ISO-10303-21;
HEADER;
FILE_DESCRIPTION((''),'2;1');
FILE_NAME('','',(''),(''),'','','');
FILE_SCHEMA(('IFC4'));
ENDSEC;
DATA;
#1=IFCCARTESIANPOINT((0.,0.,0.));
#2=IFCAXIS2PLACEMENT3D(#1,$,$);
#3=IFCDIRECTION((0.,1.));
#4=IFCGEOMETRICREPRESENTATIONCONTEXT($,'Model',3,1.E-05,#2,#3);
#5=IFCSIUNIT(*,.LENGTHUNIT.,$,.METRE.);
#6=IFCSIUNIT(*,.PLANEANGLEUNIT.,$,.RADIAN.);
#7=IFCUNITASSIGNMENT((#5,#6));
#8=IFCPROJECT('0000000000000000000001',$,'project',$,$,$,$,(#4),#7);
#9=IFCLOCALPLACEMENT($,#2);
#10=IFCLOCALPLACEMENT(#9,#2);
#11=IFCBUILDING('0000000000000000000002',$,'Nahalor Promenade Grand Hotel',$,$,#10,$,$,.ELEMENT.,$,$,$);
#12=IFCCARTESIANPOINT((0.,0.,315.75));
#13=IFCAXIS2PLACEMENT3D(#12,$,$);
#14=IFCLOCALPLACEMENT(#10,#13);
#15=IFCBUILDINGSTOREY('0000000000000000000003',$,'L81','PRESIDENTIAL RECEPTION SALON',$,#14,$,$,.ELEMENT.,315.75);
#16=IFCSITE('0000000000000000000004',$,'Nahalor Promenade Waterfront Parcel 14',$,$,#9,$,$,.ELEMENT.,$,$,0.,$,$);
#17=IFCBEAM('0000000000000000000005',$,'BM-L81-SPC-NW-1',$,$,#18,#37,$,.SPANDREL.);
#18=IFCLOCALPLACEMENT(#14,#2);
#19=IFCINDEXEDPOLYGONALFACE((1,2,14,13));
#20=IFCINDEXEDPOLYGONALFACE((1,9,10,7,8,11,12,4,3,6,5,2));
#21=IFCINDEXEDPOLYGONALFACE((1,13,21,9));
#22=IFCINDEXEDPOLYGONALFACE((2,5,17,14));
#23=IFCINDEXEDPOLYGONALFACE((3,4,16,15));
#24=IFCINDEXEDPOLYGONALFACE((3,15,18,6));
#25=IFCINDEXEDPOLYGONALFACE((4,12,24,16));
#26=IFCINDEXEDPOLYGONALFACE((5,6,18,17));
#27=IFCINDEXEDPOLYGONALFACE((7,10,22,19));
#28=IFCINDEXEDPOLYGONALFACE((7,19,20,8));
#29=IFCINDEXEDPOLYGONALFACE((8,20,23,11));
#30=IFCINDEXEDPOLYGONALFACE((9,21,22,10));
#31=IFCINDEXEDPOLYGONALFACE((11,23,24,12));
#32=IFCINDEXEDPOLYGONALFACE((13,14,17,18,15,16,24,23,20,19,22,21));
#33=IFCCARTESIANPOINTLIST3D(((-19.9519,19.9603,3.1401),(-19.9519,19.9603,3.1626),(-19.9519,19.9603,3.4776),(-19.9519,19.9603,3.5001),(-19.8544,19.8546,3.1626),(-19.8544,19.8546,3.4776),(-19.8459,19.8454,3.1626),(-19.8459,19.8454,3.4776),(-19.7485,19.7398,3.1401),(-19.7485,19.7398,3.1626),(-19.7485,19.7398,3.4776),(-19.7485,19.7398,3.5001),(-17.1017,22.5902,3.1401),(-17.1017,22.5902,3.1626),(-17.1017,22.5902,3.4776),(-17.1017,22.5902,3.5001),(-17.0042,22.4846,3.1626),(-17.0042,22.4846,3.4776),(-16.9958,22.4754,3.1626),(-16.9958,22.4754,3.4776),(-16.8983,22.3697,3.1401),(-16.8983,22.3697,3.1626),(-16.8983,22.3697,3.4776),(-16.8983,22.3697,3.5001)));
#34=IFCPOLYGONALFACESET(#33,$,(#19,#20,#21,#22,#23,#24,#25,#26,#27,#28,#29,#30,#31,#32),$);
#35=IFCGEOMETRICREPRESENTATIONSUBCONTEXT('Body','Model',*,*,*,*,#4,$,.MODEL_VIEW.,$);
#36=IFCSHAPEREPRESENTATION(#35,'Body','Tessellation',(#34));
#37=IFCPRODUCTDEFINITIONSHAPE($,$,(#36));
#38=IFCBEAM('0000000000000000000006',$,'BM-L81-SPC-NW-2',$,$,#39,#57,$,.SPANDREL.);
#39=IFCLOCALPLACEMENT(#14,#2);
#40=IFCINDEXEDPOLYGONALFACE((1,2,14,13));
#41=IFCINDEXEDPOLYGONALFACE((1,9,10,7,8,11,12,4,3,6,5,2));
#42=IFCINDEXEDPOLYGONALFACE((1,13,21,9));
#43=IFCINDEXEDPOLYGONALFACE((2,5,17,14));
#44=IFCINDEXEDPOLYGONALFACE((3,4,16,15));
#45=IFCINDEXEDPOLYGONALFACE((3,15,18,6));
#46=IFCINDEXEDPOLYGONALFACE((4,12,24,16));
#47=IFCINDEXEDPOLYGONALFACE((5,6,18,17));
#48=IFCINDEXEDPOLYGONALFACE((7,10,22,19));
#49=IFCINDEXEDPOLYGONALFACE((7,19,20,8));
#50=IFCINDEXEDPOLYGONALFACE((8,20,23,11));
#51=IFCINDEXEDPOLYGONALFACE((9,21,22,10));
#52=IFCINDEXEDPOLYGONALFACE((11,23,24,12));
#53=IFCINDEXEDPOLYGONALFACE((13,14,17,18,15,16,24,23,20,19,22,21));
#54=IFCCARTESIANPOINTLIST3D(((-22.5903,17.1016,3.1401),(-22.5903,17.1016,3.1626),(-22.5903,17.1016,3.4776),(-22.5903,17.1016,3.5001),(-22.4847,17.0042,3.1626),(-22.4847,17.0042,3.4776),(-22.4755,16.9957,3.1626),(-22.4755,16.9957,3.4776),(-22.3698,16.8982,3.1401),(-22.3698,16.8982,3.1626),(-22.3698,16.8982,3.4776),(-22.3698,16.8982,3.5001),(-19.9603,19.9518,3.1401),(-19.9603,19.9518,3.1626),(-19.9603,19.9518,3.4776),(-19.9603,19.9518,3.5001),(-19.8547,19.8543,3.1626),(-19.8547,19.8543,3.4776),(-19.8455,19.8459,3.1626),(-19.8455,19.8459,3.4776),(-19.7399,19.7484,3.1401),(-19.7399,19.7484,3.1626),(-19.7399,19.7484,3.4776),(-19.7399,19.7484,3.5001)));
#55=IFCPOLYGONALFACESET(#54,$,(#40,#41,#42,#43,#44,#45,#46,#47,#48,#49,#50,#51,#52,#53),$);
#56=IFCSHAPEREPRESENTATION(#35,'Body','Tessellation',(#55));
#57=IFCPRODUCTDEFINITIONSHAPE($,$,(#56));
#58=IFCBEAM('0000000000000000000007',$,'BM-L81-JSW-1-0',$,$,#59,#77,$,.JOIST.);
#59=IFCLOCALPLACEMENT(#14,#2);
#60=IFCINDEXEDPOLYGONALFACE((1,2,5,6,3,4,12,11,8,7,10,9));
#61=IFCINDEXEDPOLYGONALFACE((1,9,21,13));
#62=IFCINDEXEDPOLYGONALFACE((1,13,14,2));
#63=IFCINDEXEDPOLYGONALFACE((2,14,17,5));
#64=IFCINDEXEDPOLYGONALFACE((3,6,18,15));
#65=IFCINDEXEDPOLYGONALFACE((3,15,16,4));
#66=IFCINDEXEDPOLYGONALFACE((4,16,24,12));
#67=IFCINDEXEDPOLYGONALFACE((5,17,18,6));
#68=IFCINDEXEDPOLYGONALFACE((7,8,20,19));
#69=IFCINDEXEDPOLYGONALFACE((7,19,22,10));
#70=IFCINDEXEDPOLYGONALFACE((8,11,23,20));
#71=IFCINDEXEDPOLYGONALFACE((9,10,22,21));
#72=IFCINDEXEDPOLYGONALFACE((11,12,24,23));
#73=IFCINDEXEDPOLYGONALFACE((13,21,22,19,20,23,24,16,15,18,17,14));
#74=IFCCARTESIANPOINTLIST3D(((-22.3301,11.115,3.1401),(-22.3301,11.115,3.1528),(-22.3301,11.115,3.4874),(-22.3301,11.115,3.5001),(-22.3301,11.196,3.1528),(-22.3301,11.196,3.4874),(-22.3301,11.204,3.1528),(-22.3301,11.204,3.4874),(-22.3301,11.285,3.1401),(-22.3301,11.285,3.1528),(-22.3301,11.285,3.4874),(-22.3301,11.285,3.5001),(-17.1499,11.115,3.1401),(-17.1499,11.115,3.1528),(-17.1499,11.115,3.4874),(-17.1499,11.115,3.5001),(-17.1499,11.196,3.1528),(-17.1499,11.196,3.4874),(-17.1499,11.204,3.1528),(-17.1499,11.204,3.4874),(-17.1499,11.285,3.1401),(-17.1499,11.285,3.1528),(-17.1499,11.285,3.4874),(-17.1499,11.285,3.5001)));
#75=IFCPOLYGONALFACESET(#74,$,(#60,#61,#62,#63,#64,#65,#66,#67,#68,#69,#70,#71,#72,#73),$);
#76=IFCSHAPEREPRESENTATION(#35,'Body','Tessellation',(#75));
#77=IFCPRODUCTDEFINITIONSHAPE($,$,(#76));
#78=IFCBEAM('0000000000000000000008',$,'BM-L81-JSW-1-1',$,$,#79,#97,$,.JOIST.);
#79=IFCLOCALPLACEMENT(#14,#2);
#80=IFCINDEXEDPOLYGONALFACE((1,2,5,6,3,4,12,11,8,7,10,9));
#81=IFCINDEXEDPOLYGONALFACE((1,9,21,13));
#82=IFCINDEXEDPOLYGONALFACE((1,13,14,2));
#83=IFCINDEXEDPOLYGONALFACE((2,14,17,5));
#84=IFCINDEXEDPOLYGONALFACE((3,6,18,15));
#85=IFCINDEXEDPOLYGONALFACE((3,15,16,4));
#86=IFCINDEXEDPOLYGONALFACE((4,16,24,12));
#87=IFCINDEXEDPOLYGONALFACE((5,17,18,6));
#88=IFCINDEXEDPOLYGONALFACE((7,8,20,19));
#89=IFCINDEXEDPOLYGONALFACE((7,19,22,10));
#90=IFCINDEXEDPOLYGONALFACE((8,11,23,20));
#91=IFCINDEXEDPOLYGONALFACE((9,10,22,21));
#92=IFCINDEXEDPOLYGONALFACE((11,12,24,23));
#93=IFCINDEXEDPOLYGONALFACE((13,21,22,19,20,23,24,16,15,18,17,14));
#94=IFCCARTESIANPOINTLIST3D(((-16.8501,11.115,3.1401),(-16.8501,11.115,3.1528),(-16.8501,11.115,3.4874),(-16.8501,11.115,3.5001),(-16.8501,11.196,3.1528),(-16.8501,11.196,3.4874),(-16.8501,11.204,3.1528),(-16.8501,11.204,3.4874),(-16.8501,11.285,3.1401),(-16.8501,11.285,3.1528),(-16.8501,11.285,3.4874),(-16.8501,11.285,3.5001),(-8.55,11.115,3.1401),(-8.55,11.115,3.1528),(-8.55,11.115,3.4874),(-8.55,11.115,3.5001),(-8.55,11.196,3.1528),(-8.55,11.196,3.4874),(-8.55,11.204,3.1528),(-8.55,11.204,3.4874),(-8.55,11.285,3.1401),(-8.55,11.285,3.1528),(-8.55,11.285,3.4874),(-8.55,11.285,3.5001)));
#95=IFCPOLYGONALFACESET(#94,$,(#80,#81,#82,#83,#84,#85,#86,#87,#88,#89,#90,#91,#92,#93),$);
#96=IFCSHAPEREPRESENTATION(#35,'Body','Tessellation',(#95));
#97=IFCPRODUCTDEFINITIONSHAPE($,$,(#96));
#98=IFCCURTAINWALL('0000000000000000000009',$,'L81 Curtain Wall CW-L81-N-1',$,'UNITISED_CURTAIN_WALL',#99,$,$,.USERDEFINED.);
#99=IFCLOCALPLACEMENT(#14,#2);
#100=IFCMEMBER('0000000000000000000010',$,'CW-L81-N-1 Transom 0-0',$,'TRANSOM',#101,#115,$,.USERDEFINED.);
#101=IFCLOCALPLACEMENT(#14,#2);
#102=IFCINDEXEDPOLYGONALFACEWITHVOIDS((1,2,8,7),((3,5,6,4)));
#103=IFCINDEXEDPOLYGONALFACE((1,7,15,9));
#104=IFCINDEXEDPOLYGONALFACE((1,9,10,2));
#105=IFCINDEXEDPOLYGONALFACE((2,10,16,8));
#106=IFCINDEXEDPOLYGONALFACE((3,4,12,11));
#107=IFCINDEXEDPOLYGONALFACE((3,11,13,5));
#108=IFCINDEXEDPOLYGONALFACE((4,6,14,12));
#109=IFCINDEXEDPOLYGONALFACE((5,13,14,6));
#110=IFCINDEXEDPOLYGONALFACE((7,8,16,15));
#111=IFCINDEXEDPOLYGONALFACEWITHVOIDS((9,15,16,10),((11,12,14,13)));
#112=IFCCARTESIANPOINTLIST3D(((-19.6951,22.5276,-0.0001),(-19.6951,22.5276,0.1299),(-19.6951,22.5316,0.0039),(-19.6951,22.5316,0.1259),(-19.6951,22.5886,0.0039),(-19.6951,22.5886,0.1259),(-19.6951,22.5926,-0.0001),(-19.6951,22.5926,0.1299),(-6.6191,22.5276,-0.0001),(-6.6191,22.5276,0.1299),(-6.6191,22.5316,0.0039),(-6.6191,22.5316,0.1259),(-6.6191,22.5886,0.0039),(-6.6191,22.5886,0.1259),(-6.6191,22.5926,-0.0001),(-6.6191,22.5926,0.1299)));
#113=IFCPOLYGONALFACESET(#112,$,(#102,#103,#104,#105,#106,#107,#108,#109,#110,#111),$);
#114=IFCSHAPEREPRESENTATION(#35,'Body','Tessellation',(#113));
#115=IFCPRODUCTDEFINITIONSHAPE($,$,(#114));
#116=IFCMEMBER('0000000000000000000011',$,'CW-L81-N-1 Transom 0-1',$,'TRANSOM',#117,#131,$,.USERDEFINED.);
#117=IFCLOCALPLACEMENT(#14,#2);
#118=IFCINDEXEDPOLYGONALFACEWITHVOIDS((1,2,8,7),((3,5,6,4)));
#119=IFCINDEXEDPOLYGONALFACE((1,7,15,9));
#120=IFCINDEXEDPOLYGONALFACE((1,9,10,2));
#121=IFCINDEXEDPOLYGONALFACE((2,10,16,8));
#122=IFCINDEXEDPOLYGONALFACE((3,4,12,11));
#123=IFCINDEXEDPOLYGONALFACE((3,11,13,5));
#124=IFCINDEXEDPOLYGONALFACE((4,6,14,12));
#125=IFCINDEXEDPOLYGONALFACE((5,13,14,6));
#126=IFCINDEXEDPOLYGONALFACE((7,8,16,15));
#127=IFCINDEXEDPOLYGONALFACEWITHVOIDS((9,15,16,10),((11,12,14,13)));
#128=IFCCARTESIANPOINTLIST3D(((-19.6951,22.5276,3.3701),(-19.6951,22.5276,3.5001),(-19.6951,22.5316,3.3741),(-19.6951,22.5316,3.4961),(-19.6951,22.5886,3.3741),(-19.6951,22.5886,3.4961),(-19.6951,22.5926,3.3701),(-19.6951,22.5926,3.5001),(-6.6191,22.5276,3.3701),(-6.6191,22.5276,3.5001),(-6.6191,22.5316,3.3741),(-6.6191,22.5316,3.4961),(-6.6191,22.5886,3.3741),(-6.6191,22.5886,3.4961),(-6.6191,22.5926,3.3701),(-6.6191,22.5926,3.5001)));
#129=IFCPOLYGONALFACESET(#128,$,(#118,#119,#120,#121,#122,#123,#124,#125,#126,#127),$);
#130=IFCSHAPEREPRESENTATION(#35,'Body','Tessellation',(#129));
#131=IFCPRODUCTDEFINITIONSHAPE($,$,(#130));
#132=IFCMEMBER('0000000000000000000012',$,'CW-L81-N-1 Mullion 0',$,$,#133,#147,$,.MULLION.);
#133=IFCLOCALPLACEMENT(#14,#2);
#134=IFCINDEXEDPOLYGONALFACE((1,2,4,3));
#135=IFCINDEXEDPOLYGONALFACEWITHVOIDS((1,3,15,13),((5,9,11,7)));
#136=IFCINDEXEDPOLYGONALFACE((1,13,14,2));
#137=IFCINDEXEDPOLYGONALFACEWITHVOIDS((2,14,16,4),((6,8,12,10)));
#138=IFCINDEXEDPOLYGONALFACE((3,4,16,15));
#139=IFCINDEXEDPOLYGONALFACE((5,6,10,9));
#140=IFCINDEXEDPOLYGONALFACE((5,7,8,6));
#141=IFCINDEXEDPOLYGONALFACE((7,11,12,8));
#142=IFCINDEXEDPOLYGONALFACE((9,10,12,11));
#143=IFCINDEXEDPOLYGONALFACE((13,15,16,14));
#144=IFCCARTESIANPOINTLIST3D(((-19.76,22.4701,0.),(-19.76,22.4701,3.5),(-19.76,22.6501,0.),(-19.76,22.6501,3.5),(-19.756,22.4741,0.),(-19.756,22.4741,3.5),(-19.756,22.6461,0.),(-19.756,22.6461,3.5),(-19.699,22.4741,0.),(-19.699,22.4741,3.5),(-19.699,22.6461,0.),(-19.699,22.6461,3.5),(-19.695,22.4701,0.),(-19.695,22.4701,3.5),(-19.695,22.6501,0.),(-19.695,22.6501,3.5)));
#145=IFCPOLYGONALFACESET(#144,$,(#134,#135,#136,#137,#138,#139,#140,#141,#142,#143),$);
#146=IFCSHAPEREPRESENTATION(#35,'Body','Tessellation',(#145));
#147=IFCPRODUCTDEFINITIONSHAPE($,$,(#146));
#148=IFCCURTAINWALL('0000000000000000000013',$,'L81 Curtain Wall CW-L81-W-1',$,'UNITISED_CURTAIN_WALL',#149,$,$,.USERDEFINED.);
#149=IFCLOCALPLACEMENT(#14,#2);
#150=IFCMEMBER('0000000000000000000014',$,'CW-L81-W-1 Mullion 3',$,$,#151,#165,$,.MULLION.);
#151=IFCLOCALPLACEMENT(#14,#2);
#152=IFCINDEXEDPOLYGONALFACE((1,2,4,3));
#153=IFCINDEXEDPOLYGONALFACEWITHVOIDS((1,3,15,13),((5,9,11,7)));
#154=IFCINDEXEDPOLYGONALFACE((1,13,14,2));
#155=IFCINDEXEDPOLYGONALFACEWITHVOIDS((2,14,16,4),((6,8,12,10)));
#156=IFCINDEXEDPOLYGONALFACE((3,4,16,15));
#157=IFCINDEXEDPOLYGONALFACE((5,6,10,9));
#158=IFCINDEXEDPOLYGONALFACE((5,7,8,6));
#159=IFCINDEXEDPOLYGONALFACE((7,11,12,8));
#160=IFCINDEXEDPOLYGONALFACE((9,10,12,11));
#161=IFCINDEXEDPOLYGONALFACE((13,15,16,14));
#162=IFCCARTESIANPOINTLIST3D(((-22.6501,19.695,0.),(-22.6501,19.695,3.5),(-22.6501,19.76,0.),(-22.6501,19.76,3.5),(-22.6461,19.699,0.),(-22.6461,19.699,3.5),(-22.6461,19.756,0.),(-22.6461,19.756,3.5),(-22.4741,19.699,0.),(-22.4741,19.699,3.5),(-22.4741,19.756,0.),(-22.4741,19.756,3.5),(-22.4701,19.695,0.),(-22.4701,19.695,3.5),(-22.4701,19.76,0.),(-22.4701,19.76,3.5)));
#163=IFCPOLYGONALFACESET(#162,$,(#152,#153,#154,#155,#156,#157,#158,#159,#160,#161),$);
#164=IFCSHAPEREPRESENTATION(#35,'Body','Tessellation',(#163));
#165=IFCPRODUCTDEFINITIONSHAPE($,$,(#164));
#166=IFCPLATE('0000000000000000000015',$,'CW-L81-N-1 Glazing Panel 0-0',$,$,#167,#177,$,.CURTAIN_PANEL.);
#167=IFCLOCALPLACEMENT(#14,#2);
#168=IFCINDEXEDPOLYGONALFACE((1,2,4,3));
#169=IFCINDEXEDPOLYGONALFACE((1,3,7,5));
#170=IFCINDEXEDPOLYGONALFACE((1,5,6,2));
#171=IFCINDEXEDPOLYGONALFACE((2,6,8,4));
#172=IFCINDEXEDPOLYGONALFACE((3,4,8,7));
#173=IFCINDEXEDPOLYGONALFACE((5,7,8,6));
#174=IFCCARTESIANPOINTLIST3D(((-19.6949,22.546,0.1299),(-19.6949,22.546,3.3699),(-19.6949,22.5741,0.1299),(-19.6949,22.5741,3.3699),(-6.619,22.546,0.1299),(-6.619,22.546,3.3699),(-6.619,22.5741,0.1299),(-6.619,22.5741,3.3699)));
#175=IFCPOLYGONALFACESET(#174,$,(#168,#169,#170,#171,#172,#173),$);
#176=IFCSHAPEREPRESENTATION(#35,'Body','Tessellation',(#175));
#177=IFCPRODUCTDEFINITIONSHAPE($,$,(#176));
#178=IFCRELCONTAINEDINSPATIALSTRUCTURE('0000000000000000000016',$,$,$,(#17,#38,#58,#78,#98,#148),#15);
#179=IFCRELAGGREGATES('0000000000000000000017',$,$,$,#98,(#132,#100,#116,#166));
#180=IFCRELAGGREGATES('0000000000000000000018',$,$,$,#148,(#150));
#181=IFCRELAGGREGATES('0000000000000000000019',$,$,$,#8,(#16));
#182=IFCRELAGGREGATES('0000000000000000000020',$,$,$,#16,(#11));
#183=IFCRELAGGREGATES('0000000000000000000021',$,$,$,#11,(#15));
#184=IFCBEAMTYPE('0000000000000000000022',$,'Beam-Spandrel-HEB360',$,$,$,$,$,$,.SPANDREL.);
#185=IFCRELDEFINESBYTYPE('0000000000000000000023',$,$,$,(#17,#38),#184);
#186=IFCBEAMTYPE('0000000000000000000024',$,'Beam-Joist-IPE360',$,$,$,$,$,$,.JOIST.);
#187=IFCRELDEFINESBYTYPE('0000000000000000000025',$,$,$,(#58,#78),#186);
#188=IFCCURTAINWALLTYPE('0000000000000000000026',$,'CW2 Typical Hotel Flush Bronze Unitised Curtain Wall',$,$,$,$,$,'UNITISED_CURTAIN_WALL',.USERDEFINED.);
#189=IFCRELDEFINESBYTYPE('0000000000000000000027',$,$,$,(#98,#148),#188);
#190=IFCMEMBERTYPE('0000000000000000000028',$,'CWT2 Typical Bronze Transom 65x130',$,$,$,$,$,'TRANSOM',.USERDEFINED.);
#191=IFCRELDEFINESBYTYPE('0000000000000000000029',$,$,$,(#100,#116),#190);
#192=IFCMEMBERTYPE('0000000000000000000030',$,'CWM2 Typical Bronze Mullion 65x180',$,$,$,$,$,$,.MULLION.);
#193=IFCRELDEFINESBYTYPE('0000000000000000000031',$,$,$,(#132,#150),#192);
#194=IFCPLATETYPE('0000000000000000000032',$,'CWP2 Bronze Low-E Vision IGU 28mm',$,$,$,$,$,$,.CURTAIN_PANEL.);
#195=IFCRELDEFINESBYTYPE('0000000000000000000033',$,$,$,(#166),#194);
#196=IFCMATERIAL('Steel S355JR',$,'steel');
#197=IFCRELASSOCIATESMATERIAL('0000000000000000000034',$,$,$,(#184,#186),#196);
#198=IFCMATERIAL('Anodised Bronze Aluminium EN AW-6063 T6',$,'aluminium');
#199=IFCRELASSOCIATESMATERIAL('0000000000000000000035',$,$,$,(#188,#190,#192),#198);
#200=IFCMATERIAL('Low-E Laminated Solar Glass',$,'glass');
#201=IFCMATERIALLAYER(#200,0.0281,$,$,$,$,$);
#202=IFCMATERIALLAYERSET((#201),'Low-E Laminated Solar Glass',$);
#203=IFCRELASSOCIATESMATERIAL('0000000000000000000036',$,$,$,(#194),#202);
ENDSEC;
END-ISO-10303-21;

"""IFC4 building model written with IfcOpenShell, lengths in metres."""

from ifc_helpers import new_model, si_unit, direction, frame, origin, origin_2d, place, context, subcontext, project, spatial, rectangle, hollow_rectangle, i_section, extrude, source, transform, mapped, material, layer, layer_set, material_profile, profile_set, type_object, element, aggregate, save


model = new_model("IFC4")

# Units and contexts
model_context = context("Model", 3, precision=1e-05, world=origin(), true_north=direction((0.0, 1.0)))
body_context = subcontext(model_context, "Body", "Model", "MODEL_VIEW")
ifc_project = project(units=[si_unit("LENGTHUNIT", "METRE"), si_unit("PLANEANGLEUNIT", "RADIAN")], contexts=[model_context])

# Site, building, storey
site_placement = place(None, origin())
site = spatial("IfcSite", under=ifc_project, at=site_placement, Name="Nahalor Promenade Waterfront Parcel 14", CompositionType="ELEMENT", RefElevation=0.0)
building_placement = place(site_placement, origin())
building = spatial("IfcBuilding", under=site, at=building_placement, Name="Nahalor Promenade Grand Hotel", CompositionType="ELEMENT")
storey_placement = place(building_placement, frame((0.0, 0.0, 315.75)))
storey = spatial("IfcBuildingStorey", under=building, at=storey_placement, Name="L81", Description="PRESIDENTIAL RECEPTION SALON", CompositionType="ELEMENT", Elevation=315.75)

# Shared definitions
ifc_material_1 = material(Name="Steel S355JR", Category="steel")

# Beams
ifc_material_profile_1 = material_profile(ifc_material_1, i_section(OverallWidth=0.3, OverallDepth=0.36, WebThickness=0.0125, FlangeThickness=0.0225, at=origin_2d()), Name="HEB 360")
ifc_profile_set_1 = profile_set([ifc_material_profile_1], Name="Steel S355JR")
beam_type_1 = type_object("IfcBeamType", Name="Beam-Spandrel-HEB360", PredefinedType="SPANDREL", material=ifc_profile_set_1)
shared_shape_1 = source(origin(), body_context, "Body", "SweptSolid", [
    extrude(i_section(OverallWidth=0.3, OverallDepth=0.36, WebThickness=0.0125, FlangeThickness=0.0225, at=origin_2d()), origin(), (0.0, 0.0, 1.0), 3.8782),
])
for number, where, z_axis, x_axis, name in (
    (1, (-17.0, 22.48, 3.3201), (-0.734929, -0.678144, 0.0), (0.678144, -0.734929, 0.0), "BM-L81-SPC-NW-1"),
    (2, (-19.8501, 19.8501, 3.3201), (-0.678144, -0.734929, 0.0), (0.734929, -0.678144, 0.0), "BM-L81-SPC-NW-2"),
):
    element("IfcBeam", number, at=place(storey_placement, frame(where, z_axis=z_axis, x_axis=x_axis)), inside=storey, type_object=beam_type_1, Name=name, PredefinedType="SPANDREL", context=body_context, shape_type="MappedRepresentation", body=[
        mapped(shared_shape_1, transform((0.0, 0.0, 0.0), scale=1.0)),
    ])
ifc_material_profile_2 = material_profile(ifc_material_1, i_section(OverallWidth=0.17, OverallDepth=0.36, WebThickness=0.008, FlangeThickness=0.0127, at=origin_2d()), Name="IPE 360")
ifc_profile_set_2 = profile_set([ifc_material_profile_2], Name="Steel S355JR")
beam_type_2 = type_object("IfcBeamType", Name="Beam-Joist-IPE360", PredefinedType="JOIST", material=ifc_profile_set_2)
shared_shape_2 = source(origin(), body_context, "Body", "SweptSolid", [
    extrude(i_section(OverallWidth=0.17, OverallDepth=0.36, WebThickness=0.008, FlangeThickness=0.0127, at=origin_2d()), origin(), (0.0, 0.0, 1.0), 5.1802),
])
beam_1_placement = place(storey_placement, frame((-22.3301, 11.2, 3.3201), z_axis=(1.0, 0.0, 0.0), x_axis=(0.0, 1.0, 0.0)))
element("IfcBeam", 3, at=beam_1_placement, inside=storey, type_object=beam_type_2, Name="BM-L81-JSW-1-0", PredefinedType="JOIST", context=body_context, shape_type="MappedRepresentation", body=[
    mapped(shared_shape_2, transform((0.0, 0.0, 0.0), scale=1.0)),
])
shared_shape_3 = source(origin(), body_context, "Body", "SweptSolid", [
    extrude(i_section(OverallWidth=0.17, OverallDepth=0.36, WebThickness=0.008, FlangeThickness=0.0127, at=origin_2d()), origin(), (0.0, 0.0, 1.0), 8.3),
])
beam_2_placement = place(storey_placement, frame((-16.8501, 11.2, 3.3201), z_axis=(1.0, 0.0, 0.0), x_axis=(0.0, 1.0, 0.0)))
element("IfcBeam", 4, at=beam_2_placement, inside=storey, type_object=beam_type_2, Name="BM-L81-JSW-1-1", PredefinedType="JOIST", context=body_context, shape_type="MappedRepresentation", body=[
    mapped(shared_shape_3, transform((0.0, 0.0, 0.0), scale=1.0)),
])

# Curtain wall, members
ifc_material_2 = material(Name="Anodised Bronze Aluminium EN AW-6063 T6", Category="aluminium")
curtain_wall_type = type_object("IfcCurtainWallType", Name="CW2 Typical Hotel Flush Bronze Unitised Curtain Wall", ElementType="UNITISED_CURTAIN_WALL", PredefinedType="USERDEFINED", material=ifc_material_2)
curtain_wall_1_placement = place(storey_placement, origin())
curtain_wall_1 = element("IfcCurtainWall", 5, at=curtain_wall_1_placement, inside=storey, type_object=curtain_wall_type, Name="L81 Curtain Wall CW-L81-N-1", ObjectType="UNITISED_CURTAIN_WALL", PredefinedType="USERDEFINED")
ifc_material_profile_3 = material_profile(ifc_material_2, hollow_rectangle(XDim=0.065, YDim=0.13, WallThickness=0.004, at=origin_2d()), Name="CWT 65x130x4")
ifc_profile_set_3 = profile_set([ifc_material_profile_3], Name="Anodised Bronze Aluminium EN AW-6063 T6")
member_type_1 = type_object("IfcMemberType", Name="CWT2 Typical Bronze Transom 65x130", ElementType="TRANSOM", PredefinedType="USERDEFINED", material=ifc_profile_set_3)
shared_shape_4 = source(origin(), body_context, "Body", "SweptSolid", [
    extrude(hollow_rectangle(XDim=0.065, YDim=0.13, WallThickness=0.004, at=origin_2d()), origin(), (0.0, 0.0, 1.0), 13.0759),
])
member_1_placement = place(storey_placement, frame((-19.6951, 22.5601, 0.0649), z_axis=(1.0, 0.0, 0.0), x_axis=(0.0, 1.0, 0.0)))
member_1 = element("IfcMember", 6, at=member_1_placement, type_object=member_type_1, Name="CW-L81-N-1 Transom 0-0", ObjectType="TRANSOM", PredefinedType="USERDEFINED", context=body_context, shape_type="MappedRepresentation", body=[
    mapped(shared_shape_4, transform((0.0, 0.0, 0.0), scale=1.0)),
])
member_2_placement = place(storey_placement, frame((-19.6951, 22.5601, 3.4351), z_axis=(1.0, 0.0, 0.0), x_axis=(0.0, 1.0, 0.0)))
member_2 = element("IfcMember", 7, at=member_2_placement, type_object=member_type_1, Name="CW-L81-N-1 Transom 0-1", ObjectType="TRANSOM", PredefinedType="USERDEFINED", context=body_context, shape_type="MappedRepresentation", body=[
    mapped(shared_shape_4, transform((0.0, 0.0, 0.0), scale=1.0)),
])
ifc_material_profile_4 = material_profile(ifc_material_2, hollow_rectangle(XDim=0.065, YDim=0.18, WallThickness=0.004, at=origin_2d()), Name="CWM 65x180x4")
ifc_profile_set_4 = profile_set([ifc_material_profile_4], Name="Anodised Bronze Aluminium EN AW-6063 T6")
member_type_2 = type_object("IfcMemberType", Name="CWM2 Typical Bronze Mullion 65x180", PredefinedType="MULLION", material=ifc_profile_set_4)
shared_shape_5 = source(origin(), body_context, "Body", "SweptSolid", [
    extrude(hollow_rectangle(XDim=0.065, YDim=0.18, WallThickness=0.004, at=origin_2d()), origin(), (0.0, 0.0, 1.0), 3.5),
])
member_3_placement = place(storey_placement, frame((-19.7275, 22.5601, 0.0), z_axis=(0.0, 0.0, 1.0), x_axis=(1.0, 0.0, 0.0)))
member_3 = element("IfcMember", 8, at=member_3_placement, type_object=member_type_2, Name="CW-L81-N-1 Mullion 0", PredefinedType="MULLION", context=body_context, shape_type="MappedRepresentation", body=[
    mapped(shared_shape_5, transform((0.0, 0.0, 0.0), scale=1.0)),
])

# Curtain wall, member
curtain_wall_2_placement = place(storey_placement, origin())
curtain_wall_2 = element("IfcCurtainWall", 9, at=curtain_wall_2_placement, inside=storey, type_object=curtain_wall_type, Name="L81 Curtain Wall CW-L81-W-1", ObjectType="UNITISED_CURTAIN_WALL", PredefinedType="USERDEFINED")
member_4_placement = place(storey_placement, frame((-22.5601, 19.7275, 0.0), z_axis=(0.0, 0.0, 1.0), x_axis=(0.0, 1.0, 0.0)))
member_4 = element("IfcMember", 10, at=member_4_placement, type_object=member_type_2, Name="CW-L81-W-1 Mullion 3", PredefinedType="MULLION", context=body_context, shape_type="MappedRepresentation", body=[
    mapped(shared_shape_5, transform((0.0, 0.0, 0.0), scale=1.0)),
])

# Plate
ifc_material_3 = material(Name="Low-E Laminated Solar Glass", Category="glass")
ifc_layer_1 = layer(ifc_material_3, 0.0281)
ifc_layer_set_1 = layer_set([ifc_layer_1], Name="Low-E Laminated Solar Glass")
plate_type = type_object("IfcPlateType", Name="CWP2 Bronze Low-E Vision IGU 28mm", PredefinedType="CURTAIN_PANEL", material=ifc_layer_set_1)
shared_shape_6 = source(origin(), body_context, "Body", "SweptSolid", [
    extrude(rectangle(XDim=13.0759, YDim=0.0281, at=origin_2d()), origin(), (0.0, 0.0, 1.0), 3.24),
])
plate_1_placement = place(storey_placement, frame((-13.157, 22.5601, 0.1299), z_axis=(0.0, 0.0, 1.0), x_axis=(1.0, 0.0, 0.0)))
plate_1 = element("IfcPlate", 11, at=plate_1_placement, type_object=plate_type, Name="CW-L81-N-1 Glazing Panel 0-0", PredefinedType="CURTAIN_PANEL", context=body_context, shape_type="MappedRepresentation", body=[
    mapped(shared_shape_6, transform((0.0, 0.0, 0.0), scale=1.0)),
])
aggregate(curtain_wall_1, [member_3, member_1, member_2, plate_1])
aggregate(curtain_wall_2, [member_4])

save(model, "model.ifc")
